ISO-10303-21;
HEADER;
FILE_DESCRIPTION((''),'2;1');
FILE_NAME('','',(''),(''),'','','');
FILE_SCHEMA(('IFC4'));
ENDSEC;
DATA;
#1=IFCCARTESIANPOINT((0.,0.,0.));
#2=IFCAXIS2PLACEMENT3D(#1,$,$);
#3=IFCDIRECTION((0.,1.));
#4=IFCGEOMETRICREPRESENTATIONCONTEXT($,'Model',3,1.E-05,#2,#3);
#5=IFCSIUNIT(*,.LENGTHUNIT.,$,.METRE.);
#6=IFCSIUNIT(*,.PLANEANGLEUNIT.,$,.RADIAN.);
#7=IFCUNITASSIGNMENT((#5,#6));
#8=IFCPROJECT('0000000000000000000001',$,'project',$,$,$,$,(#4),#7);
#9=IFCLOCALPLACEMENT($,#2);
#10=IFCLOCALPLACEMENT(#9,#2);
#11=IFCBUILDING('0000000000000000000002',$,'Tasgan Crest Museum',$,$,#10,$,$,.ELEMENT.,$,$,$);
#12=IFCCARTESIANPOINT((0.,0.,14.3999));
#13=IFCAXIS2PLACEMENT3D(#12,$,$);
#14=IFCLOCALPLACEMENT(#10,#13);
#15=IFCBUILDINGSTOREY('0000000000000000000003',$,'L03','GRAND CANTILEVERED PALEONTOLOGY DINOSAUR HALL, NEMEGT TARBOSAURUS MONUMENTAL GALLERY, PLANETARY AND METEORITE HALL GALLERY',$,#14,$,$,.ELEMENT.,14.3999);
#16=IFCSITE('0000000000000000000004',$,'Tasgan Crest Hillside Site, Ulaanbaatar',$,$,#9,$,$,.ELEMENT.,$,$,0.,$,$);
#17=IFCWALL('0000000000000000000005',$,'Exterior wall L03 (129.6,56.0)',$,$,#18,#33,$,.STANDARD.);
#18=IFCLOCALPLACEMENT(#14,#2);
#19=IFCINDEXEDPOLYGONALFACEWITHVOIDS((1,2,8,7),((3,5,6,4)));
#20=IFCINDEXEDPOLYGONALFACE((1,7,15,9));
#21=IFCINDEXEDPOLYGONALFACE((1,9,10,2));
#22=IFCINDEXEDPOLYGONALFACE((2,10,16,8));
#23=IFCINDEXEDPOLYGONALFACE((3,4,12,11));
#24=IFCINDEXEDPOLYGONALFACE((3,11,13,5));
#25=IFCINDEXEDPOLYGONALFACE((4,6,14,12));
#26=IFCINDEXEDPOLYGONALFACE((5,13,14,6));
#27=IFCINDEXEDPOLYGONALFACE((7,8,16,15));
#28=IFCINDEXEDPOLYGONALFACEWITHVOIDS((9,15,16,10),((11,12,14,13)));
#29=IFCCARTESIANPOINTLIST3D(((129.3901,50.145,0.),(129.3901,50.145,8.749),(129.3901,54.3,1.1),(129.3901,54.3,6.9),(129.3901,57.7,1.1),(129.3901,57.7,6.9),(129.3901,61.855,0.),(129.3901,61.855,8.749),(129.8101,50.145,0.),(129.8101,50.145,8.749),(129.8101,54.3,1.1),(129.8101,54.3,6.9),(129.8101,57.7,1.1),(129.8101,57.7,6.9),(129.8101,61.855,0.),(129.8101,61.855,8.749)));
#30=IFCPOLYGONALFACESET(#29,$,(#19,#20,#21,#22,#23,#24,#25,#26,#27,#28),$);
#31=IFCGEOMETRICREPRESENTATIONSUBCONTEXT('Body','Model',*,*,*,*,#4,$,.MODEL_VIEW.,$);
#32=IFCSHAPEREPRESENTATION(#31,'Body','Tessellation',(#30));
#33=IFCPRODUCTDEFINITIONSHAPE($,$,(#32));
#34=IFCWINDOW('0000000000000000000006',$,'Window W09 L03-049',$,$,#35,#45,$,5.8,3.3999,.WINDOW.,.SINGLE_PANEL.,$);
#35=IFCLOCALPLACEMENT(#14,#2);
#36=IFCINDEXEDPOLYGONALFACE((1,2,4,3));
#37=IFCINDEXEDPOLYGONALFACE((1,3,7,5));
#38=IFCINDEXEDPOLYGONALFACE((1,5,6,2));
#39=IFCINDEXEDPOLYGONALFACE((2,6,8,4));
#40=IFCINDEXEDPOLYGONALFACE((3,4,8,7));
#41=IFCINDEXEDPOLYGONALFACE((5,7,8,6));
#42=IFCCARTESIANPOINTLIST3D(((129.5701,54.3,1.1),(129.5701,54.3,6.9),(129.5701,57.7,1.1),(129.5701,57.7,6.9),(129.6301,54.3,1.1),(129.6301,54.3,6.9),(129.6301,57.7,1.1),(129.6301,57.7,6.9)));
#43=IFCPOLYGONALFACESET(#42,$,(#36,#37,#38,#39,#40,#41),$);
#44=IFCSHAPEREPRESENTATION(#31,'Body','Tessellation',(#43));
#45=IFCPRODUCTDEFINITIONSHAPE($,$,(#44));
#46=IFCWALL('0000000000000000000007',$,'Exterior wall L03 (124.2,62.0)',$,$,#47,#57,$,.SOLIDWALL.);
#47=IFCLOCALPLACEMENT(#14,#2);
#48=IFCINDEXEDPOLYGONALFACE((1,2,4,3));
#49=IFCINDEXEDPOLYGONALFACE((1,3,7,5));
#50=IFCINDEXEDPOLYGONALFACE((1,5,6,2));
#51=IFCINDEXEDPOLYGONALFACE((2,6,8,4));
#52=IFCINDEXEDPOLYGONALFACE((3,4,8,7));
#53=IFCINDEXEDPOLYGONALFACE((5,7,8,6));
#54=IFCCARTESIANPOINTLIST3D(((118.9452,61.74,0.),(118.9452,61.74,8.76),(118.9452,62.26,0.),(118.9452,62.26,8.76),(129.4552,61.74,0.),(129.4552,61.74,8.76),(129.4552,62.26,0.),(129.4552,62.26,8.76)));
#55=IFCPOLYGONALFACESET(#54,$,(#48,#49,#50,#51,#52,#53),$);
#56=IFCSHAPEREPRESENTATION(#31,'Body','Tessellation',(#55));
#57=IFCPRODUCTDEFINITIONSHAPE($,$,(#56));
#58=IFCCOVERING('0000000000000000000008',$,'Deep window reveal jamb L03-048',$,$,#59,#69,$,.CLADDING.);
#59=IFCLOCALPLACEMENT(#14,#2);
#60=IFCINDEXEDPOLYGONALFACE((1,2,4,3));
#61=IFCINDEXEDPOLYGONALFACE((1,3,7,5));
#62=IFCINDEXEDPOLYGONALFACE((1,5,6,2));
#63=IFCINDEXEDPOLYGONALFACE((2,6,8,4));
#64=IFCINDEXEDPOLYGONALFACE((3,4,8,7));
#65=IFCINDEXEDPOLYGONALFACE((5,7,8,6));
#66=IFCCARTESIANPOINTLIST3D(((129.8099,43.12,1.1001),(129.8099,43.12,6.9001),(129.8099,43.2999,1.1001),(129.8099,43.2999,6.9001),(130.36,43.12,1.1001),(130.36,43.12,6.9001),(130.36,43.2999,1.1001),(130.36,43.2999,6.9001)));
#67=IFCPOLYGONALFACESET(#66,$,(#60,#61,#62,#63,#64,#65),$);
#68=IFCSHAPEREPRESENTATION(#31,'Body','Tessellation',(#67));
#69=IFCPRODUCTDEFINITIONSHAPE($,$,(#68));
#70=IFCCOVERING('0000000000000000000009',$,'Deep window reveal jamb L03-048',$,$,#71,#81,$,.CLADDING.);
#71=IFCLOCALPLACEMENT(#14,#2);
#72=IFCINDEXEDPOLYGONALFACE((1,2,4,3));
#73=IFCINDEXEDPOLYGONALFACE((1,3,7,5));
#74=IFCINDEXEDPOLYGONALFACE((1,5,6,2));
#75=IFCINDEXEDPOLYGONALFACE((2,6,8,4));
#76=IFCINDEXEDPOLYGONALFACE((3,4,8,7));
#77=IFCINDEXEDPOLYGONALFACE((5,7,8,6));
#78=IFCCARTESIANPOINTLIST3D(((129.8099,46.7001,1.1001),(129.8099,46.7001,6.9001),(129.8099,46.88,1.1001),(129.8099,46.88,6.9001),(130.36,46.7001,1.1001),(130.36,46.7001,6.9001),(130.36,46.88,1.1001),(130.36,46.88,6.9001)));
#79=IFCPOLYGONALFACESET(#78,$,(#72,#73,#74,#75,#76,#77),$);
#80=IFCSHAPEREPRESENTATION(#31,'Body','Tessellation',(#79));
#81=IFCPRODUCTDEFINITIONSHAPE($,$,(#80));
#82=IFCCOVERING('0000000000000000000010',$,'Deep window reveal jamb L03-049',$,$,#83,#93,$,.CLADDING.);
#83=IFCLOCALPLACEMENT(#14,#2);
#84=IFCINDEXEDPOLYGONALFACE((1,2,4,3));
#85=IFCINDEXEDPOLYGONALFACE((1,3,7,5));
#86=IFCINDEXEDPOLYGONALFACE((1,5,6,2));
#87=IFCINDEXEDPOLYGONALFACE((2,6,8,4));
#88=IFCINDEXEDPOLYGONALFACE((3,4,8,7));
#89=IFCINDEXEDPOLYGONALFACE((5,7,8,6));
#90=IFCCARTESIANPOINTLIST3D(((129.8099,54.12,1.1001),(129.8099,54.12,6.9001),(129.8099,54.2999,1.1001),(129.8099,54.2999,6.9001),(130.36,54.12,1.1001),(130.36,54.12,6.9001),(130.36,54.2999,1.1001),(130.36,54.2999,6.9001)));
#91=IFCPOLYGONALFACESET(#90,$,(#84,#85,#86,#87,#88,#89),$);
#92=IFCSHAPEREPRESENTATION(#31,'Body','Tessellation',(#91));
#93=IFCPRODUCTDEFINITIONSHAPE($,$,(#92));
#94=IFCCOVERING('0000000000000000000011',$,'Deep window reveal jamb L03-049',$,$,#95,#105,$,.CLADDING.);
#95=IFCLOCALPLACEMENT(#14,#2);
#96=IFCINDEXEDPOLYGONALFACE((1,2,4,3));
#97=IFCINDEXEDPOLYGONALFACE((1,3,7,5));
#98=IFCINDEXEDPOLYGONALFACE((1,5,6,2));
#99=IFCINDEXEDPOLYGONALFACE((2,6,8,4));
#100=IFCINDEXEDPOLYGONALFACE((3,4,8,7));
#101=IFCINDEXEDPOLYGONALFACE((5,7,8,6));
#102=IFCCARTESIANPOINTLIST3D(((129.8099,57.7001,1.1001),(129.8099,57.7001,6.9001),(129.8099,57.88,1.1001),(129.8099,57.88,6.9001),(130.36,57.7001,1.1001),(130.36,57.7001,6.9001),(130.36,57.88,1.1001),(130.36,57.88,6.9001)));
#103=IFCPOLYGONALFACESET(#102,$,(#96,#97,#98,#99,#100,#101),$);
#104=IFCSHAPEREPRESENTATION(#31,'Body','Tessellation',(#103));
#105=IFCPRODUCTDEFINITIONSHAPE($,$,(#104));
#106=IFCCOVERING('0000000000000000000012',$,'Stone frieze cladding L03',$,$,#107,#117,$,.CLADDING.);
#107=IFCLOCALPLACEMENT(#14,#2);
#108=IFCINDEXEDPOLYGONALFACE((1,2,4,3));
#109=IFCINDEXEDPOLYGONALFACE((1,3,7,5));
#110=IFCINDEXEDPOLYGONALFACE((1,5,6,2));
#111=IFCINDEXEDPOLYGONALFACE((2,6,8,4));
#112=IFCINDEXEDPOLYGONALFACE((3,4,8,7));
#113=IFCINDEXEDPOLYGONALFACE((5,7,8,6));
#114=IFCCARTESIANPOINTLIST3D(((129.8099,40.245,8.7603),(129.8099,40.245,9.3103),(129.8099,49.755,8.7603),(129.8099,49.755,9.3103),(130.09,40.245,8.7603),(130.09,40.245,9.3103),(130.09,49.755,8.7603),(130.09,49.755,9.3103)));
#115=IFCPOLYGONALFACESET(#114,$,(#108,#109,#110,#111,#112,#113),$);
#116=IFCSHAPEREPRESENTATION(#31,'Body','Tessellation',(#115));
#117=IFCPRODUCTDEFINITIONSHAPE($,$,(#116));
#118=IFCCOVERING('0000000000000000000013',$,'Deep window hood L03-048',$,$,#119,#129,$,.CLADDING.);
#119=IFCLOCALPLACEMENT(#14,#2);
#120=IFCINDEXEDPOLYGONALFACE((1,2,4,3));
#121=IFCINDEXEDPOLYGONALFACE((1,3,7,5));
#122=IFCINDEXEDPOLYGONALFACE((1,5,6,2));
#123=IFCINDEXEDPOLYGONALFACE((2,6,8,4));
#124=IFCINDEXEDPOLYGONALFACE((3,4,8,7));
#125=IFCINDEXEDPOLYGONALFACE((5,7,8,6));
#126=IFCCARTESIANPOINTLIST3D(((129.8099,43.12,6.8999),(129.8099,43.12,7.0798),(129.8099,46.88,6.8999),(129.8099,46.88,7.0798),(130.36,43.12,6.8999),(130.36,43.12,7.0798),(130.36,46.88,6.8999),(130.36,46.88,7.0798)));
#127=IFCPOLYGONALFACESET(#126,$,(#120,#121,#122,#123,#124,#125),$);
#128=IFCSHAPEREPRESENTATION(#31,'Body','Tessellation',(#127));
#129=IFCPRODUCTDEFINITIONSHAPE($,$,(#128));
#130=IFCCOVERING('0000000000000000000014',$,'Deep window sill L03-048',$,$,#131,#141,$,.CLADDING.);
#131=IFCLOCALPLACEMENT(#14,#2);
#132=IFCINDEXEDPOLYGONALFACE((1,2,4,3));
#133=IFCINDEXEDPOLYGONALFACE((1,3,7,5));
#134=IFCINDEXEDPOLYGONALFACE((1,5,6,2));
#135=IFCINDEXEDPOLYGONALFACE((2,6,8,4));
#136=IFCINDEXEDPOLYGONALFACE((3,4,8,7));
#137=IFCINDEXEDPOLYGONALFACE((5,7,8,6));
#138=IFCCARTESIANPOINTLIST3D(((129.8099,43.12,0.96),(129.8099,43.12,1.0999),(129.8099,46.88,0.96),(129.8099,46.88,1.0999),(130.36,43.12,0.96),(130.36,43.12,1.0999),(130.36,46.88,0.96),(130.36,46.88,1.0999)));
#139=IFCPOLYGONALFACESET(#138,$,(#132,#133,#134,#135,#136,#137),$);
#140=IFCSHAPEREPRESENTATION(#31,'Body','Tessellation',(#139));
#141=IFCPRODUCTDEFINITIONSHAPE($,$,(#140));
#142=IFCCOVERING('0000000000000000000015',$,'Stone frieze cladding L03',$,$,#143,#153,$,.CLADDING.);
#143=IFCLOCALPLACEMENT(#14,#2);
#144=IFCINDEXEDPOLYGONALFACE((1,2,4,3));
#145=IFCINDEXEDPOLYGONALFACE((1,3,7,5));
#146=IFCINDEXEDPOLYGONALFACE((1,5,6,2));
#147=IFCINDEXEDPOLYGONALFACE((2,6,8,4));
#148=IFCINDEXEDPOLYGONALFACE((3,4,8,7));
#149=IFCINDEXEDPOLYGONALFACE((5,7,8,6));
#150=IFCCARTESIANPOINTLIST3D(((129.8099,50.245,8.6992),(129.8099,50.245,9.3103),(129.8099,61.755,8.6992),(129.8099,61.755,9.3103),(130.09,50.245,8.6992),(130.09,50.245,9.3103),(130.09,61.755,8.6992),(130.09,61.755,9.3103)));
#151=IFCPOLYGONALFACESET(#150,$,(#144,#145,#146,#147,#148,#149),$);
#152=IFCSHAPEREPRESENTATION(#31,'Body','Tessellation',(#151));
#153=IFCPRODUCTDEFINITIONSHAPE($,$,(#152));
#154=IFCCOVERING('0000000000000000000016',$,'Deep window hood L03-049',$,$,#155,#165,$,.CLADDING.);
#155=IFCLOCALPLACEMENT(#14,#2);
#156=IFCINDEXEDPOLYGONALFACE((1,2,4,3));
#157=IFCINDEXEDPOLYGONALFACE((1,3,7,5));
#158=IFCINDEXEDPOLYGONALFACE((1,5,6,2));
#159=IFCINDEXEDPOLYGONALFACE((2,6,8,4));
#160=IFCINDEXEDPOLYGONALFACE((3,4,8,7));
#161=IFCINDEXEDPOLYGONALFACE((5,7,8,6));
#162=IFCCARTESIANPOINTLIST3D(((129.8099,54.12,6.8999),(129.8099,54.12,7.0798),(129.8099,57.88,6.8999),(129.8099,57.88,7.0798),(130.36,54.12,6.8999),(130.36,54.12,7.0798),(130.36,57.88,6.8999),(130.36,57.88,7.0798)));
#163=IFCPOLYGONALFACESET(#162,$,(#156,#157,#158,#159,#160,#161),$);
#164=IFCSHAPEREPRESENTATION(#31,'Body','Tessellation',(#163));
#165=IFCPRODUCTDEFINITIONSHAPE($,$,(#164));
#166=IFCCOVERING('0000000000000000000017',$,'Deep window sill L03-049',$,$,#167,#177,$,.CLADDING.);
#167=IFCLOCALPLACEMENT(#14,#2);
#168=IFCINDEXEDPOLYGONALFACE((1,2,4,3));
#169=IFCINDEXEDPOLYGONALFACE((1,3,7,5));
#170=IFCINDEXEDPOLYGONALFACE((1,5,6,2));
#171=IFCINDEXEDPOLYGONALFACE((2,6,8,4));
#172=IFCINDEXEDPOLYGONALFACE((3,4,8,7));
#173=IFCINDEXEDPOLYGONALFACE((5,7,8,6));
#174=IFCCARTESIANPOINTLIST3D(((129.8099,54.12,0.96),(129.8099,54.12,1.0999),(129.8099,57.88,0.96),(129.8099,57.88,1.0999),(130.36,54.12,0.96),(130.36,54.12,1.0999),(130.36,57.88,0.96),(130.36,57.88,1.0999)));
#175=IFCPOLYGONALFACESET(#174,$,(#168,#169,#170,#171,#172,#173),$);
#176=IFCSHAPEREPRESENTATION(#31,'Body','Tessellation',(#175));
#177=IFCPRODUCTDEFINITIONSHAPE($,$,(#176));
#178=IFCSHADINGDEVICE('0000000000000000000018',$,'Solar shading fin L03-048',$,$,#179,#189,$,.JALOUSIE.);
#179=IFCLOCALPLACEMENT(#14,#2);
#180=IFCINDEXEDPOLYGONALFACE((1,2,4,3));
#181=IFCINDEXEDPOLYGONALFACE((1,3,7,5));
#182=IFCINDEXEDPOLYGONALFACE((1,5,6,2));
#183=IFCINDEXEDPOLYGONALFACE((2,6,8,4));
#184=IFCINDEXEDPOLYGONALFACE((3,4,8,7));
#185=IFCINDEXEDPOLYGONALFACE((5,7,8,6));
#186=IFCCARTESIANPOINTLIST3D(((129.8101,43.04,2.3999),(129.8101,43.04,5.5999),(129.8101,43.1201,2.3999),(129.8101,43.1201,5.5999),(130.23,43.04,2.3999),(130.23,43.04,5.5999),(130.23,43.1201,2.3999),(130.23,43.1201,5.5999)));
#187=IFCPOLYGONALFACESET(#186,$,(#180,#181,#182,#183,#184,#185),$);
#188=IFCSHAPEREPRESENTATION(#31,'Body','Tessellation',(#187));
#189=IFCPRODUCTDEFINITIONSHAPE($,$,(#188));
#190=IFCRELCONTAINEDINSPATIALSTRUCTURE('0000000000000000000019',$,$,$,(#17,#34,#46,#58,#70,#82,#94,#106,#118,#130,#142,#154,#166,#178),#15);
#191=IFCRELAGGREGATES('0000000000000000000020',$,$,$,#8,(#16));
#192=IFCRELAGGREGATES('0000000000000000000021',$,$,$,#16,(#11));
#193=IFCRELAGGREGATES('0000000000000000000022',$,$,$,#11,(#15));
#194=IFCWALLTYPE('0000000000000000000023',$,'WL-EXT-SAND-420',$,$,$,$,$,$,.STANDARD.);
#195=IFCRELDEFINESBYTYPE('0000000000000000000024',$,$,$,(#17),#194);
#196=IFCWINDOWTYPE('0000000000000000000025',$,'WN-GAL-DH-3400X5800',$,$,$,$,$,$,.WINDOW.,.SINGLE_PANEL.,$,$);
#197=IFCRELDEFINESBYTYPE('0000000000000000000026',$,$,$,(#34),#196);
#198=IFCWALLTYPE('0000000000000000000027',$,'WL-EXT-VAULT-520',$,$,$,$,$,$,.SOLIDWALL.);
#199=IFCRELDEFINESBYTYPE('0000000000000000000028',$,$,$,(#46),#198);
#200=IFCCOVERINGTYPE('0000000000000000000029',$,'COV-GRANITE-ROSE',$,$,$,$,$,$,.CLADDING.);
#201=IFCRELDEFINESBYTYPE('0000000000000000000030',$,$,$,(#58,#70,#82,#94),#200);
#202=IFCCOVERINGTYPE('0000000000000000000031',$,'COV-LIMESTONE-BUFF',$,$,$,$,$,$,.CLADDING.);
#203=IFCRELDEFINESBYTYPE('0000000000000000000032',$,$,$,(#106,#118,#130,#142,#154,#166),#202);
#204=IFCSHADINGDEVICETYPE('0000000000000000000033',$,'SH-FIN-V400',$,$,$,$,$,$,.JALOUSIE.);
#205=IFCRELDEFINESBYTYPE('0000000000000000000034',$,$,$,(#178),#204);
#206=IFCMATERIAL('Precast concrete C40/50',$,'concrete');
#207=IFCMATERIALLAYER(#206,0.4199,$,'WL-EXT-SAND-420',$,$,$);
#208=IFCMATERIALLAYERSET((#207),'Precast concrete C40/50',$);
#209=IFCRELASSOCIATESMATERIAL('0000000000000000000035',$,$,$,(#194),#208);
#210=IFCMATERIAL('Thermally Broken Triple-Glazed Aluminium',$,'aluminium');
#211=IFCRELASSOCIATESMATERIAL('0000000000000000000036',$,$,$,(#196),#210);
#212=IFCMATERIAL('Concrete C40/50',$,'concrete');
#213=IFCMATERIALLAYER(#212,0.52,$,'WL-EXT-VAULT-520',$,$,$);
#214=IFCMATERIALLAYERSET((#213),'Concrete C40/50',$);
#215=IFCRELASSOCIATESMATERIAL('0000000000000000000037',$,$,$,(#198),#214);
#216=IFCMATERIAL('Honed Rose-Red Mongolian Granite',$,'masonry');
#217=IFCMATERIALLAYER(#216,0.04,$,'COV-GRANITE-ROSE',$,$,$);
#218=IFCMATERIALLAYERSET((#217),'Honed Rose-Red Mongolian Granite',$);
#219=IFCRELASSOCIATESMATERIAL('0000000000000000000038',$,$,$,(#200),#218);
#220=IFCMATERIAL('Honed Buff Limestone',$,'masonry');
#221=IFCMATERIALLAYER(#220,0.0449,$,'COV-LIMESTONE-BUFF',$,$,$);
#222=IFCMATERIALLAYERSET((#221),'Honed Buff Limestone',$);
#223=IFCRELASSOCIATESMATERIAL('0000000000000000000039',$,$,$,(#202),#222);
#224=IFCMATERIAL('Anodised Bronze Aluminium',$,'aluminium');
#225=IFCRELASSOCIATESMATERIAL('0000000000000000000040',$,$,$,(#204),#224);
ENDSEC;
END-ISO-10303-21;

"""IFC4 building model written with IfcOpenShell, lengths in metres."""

from ifc_helpers import new_model, si_unit, direction, frame, frame_2d, origin, origin_2d, place, context, subcontext, project, spatial, rectangle, extrude, material, layer, layer_set, type_object, element, fill, save


model = new_model("IFC4")

# Units and contexts
model_context = context("Model", 3, precision=1e-05, world=origin(), true_north=direction((0.0, 1.0)))
body_context = subcontext(model_context, "Body", "Model", "MODEL_VIEW")
ifc_project = project(units=[si_unit("LENGTHUNIT", "METRE"), si_unit("PLANEANGLEUNIT", "RADIAN")], contexts=[model_context])

# Site, building, storey
site_placement = place(None, origin())
site = spatial("IfcSite", under=ifc_project, at=site_placement, Name="Tasgan Crest Hillside Site, Ulaanbaatar", CompositionType="ELEMENT", RefElevation=0.0)
building_placement = place(site_placement, origin())
building = spatial("IfcBuilding", under=site, at=building_placement, Name="Tasgan Crest Museum", CompositionType="ELEMENT")
storey_placement = place(building_placement, frame((0.0, 0.0, 14.3999)))
storey = spatial("IfcBuildingStorey", under=building, at=storey_placement, Name="L03", Description="GRAND CANTILEVERED PALEONTOLOGY DINOSAUR HALL, NEMEGT TARBOSAURUS MONUMENTAL GALLERY, PLANETARY AND METEORITE HALL GALLERY", CompositionType="ELEMENT", Elevation=14.3999)

# Wall, opening, window
ifc_material_1 = material(Name="Precast concrete C40/50", Category="concrete")
ifc_layer_1 = layer(ifc_material_1, 0.4199, Name="WL-EXT-SAND-420")
ifc_layer_set_1 = layer_set([ifc_layer_1], Name="Precast concrete C40/50")
wall_type_1 = type_object("IfcWallType", Name="WL-EXT-SAND-420", PredefinedType="STANDARD", material=ifc_layer_set_1)
ifc_material_2 = material(Name="Thermally Broken Triple-Glazed Aluminium", Category="aluminium")
window_type = type_object("IfcWindowType", Name="WN-GAL-DH-3400X5800", PartitioningType="SINGLE_PANEL", PredefinedType="WINDOW", material=ifc_material_2)
wall_1_placement = place(storey_placement, frame((129.6001, 50.145, 0.0), z_axis=(0.0, 0.0, 1.0), x_axis=(0.0, 1.0, 0.0)))
wall_1 = element("IfcWall", 1, at=wall_1_placement, inside=storey, type_object=wall_type_1, Name="Exterior wall L03 (129.6,56.0)", PredefinedType="STANDARD", context=body_context, shape_type="SweptSolid", body=[
    extrude(rectangle(XDim=11.71, YDim=0.4199, at=frame_2d((5.855, 0.0))), origin(), (0.0, 0.0, 1.0), 8.749),
])
opening_1_placement = place(wall_1_placement, frame((4.155, 0.0, 1.1001)))
opening_1 = element("IfcOpeningElement", 2, at=opening_1_placement, cuts=wall_1, PredefinedType="OPENING", context=body_context, shape_type="SweptSolid", body=[
    extrude(rectangle(XDim=3.3999, YDim=5.8, at=frame_2d((1.7, 2.8999))), frame((0.0, 0.22, 0.0), z_axis=(0.0, -1.0, 0.0), x_axis=(1.0, 0.0, 0.0)), (0.0, 0.0, 1.0), 0.4399),
])
window_1_placement = place(opening_1_placement, origin())
window_1 = element("IfcWindow", 3, at=window_1_placement, inside=storey, type_object=window_type, Name="Window W09 L03-049", OverallHeight=5.8, OverallWidth=3.3999, PartitioningType="SINGLE_PANEL", PredefinedType="WINDOW", context=body_context, shape_type="SweptSolid", body=[
    extrude(rectangle(XDim=3.3999, YDim=5.8, at=frame_2d((1.7, 2.8999))), frame((0.0, 0.03, 0.0), z_axis=(0.0, -1.0, 0.0), x_axis=(1.0, 0.0, 0.0)), (0.0, 0.0, 1.0), 0.0601),
])
fill(opening_1, window_1)

# Wall
ifc_material_3 = material(Name="Concrete C40/50", Category="concrete")
ifc_layer_2 = layer(ifc_material_3, 0.52, Name="WL-EXT-VAULT-520")
ifc_layer_set_2 = layer_set([ifc_layer_2], Name="Concrete C40/50")
wall_type_2 = type_object("IfcWallType", Name="WL-EXT-VAULT-520", PredefinedType="SOLIDWALL", material=ifc_layer_set_2)
wall_2_placement = place(storey_placement, frame((129.4551, 62.0, 0.0), z_axis=(0.0, 0.0, 1.0), x_axis=(-1.0, 0.0, 0.0)))
element("IfcWall", 4, at=wall_2_placement, inside=storey, type_object=wall_type_2, Name="Exterior wall L03 (124.2,62.0)", PredefinedType="SOLIDWALL", context=body_context, shape_type="SweptSolid", body=[
    extrude(rectangle(XDim=10.51, YDim=0.52, at=frame_2d((5.2549, 0.0))), origin(), (0.0, 0.0, 1.0), 8.76),
])

# Coverings
ifc_material_4 = material(Name="Honed Rose-Red Mongolian Granite", Category="masonry")
ifc_layer_3 = layer(ifc_material_4, 0.04, Name="COV-GRANITE-ROSE")
ifc_layer_set_3 = layer_set([ifc_layer_3], Name="Honed Rose-Red Mongolian Granite")
covering_type_1 = type_object("IfcCoveringType", Name="COV-GRANITE-ROSE", PredefinedType="CLADDING", material=ifc_layer_set_3)
for number, where, z_axis, x_axis, name in (
    (5, (130.085, 43.21, 1.1001), (0.0, 0.0, 1.0), (0.0, 1.0, 0.0), "Deep window reveal jamb L03-048"),
    (6, (130.085, 46.79, 1.1001), (0.0, 0.0, 1.0), (0.0, 1.0, 0.0), "Deep window reveal jamb L03-048"),
    (7, (130.085, 54.21, 1.1001), (0.0, 0.0, 1.0), (0.0, 1.0, 0.0), "Deep window reveal jamb L03-049"),
    (8, (130.085, 57.79, 1.1001), (0.0, 0.0, 1.0), (0.0, 1.0, 0.0), "Deep window reveal jamb L03-049"),
):
    element("IfcCovering", number, at=place(storey_placement, frame(where, z_axis=z_axis, x_axis=x_axis)), inside=storey, type_object=covering_type_1, Name=name, PredefinedType="CLADDING", context=body_context, shape_type="SweptSolid", body=[
        extrude(rectangle(XDim=0.1799, YDim=0.55, at=origin_2d()), origin(), (0.0, 0.0, 1.0), 5.8),
    ])
ifc_material_5 = material(Name="Honed Buff Limestone", Category="masonry")
ifc_layer_4 = layer(ifc_material_5, 0.0449, Name="COV-LIMESTONE-BUFF")
ifc_layer_set_4 = layer_set([ifc_layer_4], Name="Honed Buff Limestone")
covering_type_2 = type_object("IfcCoveringType", Name="COV-LIMESTONE-BUFF", PredefinedType="CLADDING", material=ifc_layer_set_4)
covering_1_placement = place(storey_placement, frame((129.95, 45.0, 8.7603), z_axis=(0.0, 0.0, 1.0), x_axis=(0.0, 1.0, 0.0)))
element("IfcCovering", 9, at=covering_1_placement, inside=storey, type_object=covering_type_2, Name="Stone frieze cladding L03", PredefinedType="CLADDING", context=body_context, shape_type="SweptSolid", body=[
    extrude(rectangle(XDim=9.51, YDim=0.28, at=origin_2d()), origin(), (0.0, 0.0, 1.0), 0.55),
])
covering_2_placement = place(storey_placement, frame((130.085, 45.0, 6.8999), z_axis=(0.0, 0.0, 1.0), x_axis=(0.0, 1.0, 0.0)))
element("IfcCovering", 10, at=covering_2_placement, inside=storey, type_object=covering_type_2, Name="Deep window hood L03-048", PredefinedType="CLADDING", context=body_context, shape_type="SweptSolid", body=[
    extrude(rectangle(XDim=3.76, YDim=0.55, at=origin_2d()), origin(), (0.0, 0.0, 1.0), 0.1799),
])
covering_3_placement = place(storey_placement, frame((130.085, 45.0, 0.96), z_axis=(0.0, 0.0, 1.0), x_axis=(0.0, 1.0, 0.0)))
element("IfcCovering", 11, at=covering_3_placement, inside=storey, type_object=covering_type_2, Name="Deep window sill L03-048", PredefinedType="CLADDING", context=body_context, shape_type="SweptSolid", body=[
    extrude(rectangle(XDim=3.76, YDim=0.55, at=origin_2d()), origin(), (0.0, 0.0, 1.0), 0.1399),
])
covering_4_placement = place(storey_placement, frame((129.95, 56.0, 8.6992), z_axis=(0.0, 0.0, 1.0), x_axis=(0.0, 1.0, 0.0)))
element("IfcCovering", 12, at=covering_4_placement, inside=storey, type_object=covering_type_2, Name="Stone frieze cladding L03", PredefinedType="CLADDING", context=body_context, shape_type="SweptSolid", body=[
    extrude(rectangle(XDim=11.51, YDim=0.28, at=origin_2d()), origin(), (0.0, 0.0, 1.0), 0.6111),
])
covering_5_placement = place(storey_placement, frame((130.085, 56.0, 6.8999), z_axis=(0.0, 0.0, 1.0), x_axis=(0.0, 1.0, 0.0)))
element("IfcCovering", 13, at=covering_5_placement, inside=storey, type_object=covering_type_2, Name="Deep window hood L03-049", PredefinedType="CLADDING", context=body_context, shape_type="SweptSolid", body=[
    extrude(rectangle(XDim=3.76, YDim=0.55, at=origin_2d()), origin(), (0.0, 0.0, 1.0), 0.1799),
])
covering_6_placement = place(storey_placement, frame((130.085, 56.0, 0.96), z_axis=(0.0, 0.0, 1.0), x_axis=(0.0, 1.0, 0.0)))
element("IfcCovering", 14, at=covering_6_placement, inside=storey, type_object=covering_type_2, Name="Deep window sill L03-049", PredefinedType="CLADDING", context=body_context, shape_type="SweptSolid", body=[
    extrude(rectangle(XDim=3.76, YDim=0.55, at=origin_2d()), origin(), (0.0, 0.0, 1.0), 0.1399),
])

# Shading device
ifc_material_6 = material(Name="Anodised Bronze Aluminium", Category="aluminium")
shading_device_type = type_object("IfcShadingDeviceType", Name="SH-FIN-V400", PredefinedType="JALOUSIE", material=ifc_material_6)
for number, where, z_axis, x_axis, name in (
    (15, (130.02, 43.0801, 2.3999), (0.0, 0.0, 1.0), (0.0, 1.0, 0.0), "Solar shading fin L03-048"),
):
    element("IfcShadingDevice", number, at=place(storey_placement, frame(where, z_axis=z_axis, x_axis=x_axis)), inside=storey, type_object=shading_device_type, Name=name, PredefinedType="JALOUSIE", context=body_context, shape_type="SweptSolid", body=[
        extrude(rectangle(XDim=0.0801, YDim=0.4199, at=origin_2d()), origin(), (0.0, 0.0, 1.0), 3.2),
    ])

save(model, "model.ifc")
